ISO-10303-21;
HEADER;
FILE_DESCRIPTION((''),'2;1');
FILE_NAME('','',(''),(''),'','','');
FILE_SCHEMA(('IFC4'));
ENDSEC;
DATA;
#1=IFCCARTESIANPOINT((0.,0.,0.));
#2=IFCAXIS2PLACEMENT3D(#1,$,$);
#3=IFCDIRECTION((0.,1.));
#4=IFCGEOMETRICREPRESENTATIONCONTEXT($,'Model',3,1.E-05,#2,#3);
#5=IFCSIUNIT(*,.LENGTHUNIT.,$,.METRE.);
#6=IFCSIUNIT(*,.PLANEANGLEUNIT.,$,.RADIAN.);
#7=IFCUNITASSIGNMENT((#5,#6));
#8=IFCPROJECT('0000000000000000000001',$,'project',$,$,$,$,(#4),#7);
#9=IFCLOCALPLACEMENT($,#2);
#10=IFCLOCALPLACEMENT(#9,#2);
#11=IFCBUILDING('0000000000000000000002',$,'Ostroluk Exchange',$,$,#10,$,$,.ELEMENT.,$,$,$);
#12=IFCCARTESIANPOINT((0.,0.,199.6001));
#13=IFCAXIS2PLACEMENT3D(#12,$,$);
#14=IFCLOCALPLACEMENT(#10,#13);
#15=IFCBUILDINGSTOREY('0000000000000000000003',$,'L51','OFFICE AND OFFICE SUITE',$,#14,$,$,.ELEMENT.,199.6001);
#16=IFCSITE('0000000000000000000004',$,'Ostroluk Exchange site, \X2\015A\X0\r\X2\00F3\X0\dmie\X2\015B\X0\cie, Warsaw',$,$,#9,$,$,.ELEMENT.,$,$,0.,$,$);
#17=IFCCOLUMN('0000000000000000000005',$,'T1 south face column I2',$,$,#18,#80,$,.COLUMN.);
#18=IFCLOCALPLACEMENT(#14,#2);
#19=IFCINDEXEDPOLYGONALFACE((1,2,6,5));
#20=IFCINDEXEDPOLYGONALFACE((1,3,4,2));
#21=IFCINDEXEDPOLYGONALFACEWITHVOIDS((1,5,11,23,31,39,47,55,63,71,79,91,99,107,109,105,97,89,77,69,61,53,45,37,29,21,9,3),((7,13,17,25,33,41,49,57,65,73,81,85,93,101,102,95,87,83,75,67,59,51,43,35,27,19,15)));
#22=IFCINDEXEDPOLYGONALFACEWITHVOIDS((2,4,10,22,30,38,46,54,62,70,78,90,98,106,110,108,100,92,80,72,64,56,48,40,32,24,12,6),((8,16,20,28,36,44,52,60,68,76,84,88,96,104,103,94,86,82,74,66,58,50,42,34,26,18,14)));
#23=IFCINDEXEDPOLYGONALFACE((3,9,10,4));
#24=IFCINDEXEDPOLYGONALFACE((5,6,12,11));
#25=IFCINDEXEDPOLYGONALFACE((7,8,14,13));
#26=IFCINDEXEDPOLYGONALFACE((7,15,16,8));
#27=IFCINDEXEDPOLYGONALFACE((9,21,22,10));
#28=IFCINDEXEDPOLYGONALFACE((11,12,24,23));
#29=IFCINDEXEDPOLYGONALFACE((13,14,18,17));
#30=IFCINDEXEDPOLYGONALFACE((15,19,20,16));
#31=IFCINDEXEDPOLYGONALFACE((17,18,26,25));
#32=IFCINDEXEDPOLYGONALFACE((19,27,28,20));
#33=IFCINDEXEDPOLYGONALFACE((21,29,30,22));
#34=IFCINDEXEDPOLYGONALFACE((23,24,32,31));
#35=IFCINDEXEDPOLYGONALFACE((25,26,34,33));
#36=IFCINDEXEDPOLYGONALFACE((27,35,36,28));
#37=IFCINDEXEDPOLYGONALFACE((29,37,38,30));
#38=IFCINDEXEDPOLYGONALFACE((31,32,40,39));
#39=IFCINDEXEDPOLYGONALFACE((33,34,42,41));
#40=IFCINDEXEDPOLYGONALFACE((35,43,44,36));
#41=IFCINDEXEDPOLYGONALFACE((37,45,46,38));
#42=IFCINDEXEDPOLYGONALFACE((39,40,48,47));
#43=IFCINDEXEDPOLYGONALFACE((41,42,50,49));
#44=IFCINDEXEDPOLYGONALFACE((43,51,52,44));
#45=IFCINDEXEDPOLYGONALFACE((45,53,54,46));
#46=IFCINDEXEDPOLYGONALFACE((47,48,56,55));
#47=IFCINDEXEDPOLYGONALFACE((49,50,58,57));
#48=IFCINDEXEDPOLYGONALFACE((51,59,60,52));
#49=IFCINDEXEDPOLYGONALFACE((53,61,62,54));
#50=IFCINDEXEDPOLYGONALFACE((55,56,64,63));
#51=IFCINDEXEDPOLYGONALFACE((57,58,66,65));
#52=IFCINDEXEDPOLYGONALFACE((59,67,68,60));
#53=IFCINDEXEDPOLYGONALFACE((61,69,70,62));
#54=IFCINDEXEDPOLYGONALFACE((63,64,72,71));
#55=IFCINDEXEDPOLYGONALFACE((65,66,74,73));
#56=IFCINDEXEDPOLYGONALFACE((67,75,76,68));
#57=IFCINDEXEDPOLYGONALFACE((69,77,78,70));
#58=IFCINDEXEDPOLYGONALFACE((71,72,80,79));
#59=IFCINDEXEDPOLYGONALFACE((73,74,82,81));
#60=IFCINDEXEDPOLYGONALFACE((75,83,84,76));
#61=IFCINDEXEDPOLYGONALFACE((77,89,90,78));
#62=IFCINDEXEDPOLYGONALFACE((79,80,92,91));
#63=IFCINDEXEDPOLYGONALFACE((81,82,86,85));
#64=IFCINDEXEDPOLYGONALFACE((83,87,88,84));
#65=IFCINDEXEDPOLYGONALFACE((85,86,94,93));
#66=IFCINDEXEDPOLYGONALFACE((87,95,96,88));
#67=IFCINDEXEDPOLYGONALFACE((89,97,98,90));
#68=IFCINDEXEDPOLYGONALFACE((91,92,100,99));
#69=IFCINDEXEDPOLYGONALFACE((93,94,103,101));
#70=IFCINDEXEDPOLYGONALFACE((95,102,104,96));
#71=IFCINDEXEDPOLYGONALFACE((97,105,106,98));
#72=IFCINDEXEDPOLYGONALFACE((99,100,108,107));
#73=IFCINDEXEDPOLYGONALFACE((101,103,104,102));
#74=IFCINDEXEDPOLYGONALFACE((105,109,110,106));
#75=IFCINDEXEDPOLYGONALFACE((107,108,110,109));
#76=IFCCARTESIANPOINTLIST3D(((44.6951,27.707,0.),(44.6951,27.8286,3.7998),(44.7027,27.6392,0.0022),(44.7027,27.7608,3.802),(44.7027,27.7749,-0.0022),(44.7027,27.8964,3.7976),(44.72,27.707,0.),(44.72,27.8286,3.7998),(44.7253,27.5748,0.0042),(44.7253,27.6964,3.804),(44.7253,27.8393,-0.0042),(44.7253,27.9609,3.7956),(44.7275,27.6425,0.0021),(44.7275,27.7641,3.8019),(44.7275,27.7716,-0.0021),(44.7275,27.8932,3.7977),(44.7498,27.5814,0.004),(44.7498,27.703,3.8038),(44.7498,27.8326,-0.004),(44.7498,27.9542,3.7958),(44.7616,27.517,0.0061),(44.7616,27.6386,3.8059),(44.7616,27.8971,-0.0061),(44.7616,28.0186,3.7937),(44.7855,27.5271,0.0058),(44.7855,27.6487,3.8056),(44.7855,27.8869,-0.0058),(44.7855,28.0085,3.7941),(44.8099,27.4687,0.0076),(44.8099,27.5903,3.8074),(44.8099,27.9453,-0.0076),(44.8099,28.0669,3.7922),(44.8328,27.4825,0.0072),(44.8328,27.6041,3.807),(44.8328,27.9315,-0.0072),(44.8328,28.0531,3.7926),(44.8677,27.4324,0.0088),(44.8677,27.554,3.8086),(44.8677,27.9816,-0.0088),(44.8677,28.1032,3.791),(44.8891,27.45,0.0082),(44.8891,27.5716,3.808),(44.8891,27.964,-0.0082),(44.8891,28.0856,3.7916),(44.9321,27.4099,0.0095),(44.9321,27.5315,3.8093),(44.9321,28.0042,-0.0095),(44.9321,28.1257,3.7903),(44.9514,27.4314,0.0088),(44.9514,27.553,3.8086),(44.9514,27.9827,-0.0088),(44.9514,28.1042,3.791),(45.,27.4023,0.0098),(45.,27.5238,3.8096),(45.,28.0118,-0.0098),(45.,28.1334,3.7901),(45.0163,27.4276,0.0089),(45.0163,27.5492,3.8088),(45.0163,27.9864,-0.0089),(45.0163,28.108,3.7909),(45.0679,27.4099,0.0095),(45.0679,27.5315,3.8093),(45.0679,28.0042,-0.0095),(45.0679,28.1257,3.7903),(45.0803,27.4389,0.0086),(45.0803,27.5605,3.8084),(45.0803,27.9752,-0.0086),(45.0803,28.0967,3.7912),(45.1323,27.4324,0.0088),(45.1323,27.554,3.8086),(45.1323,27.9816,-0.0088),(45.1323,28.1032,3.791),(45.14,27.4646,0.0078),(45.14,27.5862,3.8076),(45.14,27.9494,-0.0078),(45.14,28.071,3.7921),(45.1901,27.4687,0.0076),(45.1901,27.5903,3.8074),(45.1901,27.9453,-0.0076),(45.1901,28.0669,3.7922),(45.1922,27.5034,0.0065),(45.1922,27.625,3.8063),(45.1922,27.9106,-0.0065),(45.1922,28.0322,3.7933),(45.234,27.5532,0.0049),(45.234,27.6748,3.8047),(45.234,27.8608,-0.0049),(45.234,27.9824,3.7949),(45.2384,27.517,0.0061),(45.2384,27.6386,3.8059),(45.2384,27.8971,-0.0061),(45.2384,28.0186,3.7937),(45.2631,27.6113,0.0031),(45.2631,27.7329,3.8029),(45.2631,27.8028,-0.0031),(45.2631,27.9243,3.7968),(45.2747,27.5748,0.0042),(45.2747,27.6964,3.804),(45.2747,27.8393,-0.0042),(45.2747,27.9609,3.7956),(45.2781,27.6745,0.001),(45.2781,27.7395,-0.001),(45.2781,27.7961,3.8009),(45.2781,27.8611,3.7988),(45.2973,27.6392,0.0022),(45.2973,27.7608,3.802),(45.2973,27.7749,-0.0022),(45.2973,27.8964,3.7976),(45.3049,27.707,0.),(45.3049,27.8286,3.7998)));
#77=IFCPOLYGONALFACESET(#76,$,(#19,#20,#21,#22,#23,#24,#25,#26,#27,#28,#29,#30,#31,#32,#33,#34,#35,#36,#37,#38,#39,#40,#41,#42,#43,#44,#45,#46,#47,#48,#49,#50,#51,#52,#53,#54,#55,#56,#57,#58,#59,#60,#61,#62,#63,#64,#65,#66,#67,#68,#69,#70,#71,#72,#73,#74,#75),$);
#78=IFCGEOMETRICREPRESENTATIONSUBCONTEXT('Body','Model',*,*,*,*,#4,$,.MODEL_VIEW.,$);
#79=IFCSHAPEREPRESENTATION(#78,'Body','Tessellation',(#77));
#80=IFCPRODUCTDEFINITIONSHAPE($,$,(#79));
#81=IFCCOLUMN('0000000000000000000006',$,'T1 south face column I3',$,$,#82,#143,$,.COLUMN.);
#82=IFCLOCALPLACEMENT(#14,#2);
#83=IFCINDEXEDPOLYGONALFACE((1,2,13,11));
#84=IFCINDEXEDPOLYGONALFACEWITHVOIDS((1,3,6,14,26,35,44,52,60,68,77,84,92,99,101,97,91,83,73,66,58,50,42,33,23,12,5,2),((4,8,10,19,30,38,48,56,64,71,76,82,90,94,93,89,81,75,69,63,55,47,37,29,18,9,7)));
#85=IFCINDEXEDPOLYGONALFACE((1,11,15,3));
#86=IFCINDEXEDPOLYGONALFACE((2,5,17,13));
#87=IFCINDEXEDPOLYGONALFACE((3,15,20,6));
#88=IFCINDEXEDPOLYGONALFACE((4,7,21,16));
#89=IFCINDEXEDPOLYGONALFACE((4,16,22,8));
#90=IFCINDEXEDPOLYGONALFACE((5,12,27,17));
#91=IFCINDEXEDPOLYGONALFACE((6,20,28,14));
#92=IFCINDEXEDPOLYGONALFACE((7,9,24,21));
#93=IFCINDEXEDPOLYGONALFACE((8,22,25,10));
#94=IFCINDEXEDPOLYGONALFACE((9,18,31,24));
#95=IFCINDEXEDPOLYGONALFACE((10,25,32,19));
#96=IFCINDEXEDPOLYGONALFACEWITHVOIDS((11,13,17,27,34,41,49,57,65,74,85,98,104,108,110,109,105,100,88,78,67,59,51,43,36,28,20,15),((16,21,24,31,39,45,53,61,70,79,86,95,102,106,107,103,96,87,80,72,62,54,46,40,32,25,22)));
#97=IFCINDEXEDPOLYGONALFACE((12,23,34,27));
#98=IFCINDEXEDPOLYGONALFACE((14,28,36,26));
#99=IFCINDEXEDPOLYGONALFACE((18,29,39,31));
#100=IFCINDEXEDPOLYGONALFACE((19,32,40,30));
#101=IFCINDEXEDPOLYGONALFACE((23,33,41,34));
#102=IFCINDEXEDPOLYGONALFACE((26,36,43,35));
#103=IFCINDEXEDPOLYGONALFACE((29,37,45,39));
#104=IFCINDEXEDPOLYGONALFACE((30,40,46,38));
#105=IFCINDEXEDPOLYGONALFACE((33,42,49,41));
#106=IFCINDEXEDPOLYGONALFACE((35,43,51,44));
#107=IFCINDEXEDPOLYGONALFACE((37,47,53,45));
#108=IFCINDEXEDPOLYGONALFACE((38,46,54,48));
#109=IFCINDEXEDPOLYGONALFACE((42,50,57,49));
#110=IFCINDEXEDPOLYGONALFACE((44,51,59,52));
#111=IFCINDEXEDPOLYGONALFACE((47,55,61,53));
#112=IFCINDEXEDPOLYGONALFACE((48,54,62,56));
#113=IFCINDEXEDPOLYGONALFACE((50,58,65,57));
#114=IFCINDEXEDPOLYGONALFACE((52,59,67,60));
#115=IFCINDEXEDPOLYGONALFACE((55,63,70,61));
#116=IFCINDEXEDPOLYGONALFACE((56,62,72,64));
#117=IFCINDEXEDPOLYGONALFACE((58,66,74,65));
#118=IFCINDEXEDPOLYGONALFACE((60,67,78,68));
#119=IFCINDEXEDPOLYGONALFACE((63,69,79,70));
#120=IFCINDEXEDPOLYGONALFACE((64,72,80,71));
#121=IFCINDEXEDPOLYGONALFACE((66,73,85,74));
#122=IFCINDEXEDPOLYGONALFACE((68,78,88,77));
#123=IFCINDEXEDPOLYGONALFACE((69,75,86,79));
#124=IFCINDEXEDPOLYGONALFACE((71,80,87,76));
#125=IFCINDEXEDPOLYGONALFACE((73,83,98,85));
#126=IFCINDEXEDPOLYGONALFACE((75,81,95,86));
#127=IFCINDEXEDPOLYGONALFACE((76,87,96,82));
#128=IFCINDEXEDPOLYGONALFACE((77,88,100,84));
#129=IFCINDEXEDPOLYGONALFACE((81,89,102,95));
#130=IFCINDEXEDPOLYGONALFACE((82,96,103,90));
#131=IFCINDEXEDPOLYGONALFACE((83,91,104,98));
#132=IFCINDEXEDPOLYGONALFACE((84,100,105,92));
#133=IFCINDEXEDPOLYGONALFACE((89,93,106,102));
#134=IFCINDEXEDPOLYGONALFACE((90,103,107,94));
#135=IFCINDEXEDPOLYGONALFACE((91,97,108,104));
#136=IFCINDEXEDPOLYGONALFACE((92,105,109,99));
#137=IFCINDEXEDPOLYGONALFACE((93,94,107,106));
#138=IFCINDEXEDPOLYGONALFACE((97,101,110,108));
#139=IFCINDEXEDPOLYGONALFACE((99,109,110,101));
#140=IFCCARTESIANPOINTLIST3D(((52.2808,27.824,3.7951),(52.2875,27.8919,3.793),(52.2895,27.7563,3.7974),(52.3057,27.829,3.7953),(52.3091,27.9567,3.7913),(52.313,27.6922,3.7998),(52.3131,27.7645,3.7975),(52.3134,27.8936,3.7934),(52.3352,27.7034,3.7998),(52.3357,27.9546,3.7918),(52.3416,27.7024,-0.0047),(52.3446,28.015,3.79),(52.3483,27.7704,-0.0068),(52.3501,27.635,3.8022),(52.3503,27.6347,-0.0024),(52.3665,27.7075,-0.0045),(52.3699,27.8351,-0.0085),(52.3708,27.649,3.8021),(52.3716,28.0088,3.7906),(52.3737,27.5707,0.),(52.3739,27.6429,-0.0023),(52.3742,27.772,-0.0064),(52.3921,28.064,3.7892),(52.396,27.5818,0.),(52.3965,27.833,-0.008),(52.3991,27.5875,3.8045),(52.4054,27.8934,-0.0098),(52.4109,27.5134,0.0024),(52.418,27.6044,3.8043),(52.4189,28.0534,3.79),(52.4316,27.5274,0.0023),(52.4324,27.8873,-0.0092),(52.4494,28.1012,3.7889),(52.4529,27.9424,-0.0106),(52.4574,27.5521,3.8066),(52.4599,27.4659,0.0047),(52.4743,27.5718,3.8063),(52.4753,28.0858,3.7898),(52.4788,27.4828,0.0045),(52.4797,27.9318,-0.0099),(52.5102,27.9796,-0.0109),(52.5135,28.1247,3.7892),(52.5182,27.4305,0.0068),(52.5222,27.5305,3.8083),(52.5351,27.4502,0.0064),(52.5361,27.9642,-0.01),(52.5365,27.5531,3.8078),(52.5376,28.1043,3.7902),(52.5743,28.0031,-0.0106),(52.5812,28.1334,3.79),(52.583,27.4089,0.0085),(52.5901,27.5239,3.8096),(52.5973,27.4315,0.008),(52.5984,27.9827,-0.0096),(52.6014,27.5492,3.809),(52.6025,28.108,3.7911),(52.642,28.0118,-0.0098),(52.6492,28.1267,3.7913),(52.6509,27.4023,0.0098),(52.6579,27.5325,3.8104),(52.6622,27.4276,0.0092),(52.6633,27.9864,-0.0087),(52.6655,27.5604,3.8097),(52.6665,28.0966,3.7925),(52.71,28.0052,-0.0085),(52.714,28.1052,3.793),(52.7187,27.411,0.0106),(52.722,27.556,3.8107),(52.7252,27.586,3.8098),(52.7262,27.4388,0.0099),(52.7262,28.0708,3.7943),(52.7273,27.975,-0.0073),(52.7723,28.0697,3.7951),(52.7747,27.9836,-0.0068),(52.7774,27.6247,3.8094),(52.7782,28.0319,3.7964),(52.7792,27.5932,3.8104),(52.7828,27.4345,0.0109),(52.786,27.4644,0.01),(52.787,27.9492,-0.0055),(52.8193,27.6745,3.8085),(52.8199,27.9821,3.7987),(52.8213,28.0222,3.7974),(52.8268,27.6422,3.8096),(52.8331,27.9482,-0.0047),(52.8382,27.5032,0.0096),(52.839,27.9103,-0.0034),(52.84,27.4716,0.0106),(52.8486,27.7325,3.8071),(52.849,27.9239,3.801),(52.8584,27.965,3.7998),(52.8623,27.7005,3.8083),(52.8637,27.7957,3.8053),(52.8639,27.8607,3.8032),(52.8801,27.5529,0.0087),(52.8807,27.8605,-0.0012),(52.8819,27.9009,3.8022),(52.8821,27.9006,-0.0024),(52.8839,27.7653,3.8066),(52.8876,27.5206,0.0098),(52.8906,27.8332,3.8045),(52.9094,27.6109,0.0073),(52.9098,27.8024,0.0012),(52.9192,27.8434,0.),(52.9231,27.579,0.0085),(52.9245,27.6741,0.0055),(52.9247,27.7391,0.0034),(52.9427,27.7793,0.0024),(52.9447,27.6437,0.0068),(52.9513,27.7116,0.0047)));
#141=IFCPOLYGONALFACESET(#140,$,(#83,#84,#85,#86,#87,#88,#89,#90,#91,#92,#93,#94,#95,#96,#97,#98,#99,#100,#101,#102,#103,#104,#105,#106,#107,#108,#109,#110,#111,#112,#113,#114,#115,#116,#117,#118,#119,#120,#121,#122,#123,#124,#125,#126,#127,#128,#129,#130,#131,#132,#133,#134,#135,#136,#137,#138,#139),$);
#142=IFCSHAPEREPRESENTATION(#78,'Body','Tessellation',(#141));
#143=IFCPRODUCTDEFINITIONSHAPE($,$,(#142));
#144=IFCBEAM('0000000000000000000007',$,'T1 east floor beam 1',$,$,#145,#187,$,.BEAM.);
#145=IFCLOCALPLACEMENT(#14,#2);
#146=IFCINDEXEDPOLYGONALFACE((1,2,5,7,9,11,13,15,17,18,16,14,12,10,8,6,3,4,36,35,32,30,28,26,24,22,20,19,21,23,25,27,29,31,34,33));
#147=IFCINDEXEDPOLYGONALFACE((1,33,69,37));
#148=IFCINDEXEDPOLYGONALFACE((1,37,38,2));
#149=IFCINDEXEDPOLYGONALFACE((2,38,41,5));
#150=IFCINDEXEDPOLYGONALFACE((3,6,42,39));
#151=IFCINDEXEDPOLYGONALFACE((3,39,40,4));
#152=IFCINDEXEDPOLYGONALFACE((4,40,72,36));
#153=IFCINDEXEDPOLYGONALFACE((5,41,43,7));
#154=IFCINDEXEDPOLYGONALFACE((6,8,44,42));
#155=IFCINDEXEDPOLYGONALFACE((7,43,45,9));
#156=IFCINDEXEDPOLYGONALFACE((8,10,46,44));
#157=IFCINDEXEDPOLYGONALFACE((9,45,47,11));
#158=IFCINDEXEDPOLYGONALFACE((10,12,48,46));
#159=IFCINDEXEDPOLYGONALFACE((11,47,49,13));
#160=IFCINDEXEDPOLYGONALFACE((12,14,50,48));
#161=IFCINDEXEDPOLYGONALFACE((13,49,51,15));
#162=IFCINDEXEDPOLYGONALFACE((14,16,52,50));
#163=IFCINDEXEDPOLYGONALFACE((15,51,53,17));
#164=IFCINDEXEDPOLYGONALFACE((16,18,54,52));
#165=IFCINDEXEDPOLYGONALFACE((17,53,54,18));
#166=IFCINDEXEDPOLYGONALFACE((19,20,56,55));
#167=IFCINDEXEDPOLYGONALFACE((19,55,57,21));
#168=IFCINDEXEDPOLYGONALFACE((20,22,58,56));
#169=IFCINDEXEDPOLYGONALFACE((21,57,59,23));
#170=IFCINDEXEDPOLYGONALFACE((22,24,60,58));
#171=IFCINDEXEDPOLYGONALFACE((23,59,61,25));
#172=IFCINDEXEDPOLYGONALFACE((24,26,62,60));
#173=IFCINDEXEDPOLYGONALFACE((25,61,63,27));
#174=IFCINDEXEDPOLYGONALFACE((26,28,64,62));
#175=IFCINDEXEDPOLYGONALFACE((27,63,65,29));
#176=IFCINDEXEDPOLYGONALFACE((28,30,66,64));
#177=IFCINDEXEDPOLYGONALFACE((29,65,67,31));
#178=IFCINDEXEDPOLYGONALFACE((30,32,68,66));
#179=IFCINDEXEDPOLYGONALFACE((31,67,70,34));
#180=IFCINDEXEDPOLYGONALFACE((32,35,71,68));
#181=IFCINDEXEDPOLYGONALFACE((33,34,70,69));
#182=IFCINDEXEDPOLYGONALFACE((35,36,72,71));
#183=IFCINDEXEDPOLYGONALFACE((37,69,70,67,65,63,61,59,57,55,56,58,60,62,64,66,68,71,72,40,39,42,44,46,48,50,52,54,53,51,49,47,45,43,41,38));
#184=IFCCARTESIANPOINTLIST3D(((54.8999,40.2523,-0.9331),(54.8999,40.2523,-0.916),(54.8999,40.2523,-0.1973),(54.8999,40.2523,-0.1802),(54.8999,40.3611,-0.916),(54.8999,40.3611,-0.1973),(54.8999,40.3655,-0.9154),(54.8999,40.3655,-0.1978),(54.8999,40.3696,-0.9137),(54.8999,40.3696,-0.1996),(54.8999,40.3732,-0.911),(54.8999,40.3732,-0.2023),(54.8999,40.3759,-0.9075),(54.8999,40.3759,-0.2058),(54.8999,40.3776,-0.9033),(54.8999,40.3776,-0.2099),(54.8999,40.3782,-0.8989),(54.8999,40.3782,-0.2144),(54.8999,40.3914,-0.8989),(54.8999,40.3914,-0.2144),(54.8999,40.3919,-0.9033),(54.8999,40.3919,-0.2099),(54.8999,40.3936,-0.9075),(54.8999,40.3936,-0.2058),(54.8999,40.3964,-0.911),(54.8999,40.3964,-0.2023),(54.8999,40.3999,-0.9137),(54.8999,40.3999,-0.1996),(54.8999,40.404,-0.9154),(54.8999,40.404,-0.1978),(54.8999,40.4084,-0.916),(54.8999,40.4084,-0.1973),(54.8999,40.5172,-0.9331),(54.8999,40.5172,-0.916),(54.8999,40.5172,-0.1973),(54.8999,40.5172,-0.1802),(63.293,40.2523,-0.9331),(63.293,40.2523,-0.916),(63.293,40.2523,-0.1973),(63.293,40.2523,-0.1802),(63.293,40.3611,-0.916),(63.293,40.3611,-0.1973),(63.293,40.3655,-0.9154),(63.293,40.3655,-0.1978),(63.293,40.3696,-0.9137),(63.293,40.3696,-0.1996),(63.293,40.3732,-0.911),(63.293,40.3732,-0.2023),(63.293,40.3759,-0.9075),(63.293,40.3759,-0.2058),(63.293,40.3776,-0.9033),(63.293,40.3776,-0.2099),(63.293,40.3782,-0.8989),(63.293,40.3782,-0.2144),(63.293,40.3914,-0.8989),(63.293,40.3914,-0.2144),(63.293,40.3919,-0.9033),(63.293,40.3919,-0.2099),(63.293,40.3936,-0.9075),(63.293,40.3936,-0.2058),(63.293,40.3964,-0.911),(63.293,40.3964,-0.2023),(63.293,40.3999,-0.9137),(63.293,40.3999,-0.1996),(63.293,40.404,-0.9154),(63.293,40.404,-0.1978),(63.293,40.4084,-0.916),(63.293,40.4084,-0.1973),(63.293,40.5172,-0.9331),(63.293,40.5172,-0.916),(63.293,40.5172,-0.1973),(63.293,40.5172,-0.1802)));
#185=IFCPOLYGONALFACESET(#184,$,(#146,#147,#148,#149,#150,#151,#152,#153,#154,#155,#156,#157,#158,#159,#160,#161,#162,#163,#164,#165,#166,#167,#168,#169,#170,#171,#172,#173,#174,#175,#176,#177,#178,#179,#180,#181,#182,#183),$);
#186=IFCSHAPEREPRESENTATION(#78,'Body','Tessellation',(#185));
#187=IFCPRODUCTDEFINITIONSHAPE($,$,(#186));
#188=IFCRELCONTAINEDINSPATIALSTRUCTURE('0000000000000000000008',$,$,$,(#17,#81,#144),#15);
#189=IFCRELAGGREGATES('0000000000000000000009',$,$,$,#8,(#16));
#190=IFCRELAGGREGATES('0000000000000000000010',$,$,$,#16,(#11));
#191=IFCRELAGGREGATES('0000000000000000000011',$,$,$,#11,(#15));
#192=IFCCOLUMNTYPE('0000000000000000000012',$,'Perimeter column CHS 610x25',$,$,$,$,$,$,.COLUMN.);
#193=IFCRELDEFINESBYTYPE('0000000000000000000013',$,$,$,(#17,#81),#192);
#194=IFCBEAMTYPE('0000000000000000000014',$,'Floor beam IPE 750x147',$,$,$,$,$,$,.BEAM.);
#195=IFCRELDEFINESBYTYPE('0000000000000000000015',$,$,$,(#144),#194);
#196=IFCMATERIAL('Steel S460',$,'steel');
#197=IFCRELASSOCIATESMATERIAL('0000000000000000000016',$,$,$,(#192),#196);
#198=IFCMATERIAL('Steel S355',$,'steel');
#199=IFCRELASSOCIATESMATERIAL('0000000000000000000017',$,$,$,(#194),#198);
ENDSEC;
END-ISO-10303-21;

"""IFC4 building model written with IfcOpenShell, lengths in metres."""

from ifc_helpers import new_model, si_unit, direction, frame, origin, origin_2d, place, context, subcontext, project, spatial, hollow_circle, i_section, extrude, material, material_profile, profile_set, type_object, element, save


model = new_model("IFC4")

# Units and contexts
model_context = context("Model", 3, precision=1e-05, world=origin(), true_north=direction((0.0, 1.0)))
body_context = subcontext(model_context, "Body", "Model", "MODEL_VIEW")
ifc_project = project(units=[si_unit("LENGTHUNIT", "METRE"), si_unit("PLANEANGLEUNIT", "RADIAN")], contexts=[model_context])

# Site, building, storey
site_placement = place(None, origin())
site = spatial("IfcSite", under=ifc_project, at=site_placement, Name="Ostroluk Exchange site, Śródmieście, Warsaw", CompositionType="ELEMENT", RefElevation=0.0)
building_placement = place(site_placement, origin())
building = spatial("IfcBuilding", under=site, at=building_placement, Name="Ostroluk Exchange", CompositionType="ELEMENT")
storey_placement = place(building_placement, frame((0.0, 0.0, 199.6001)))
storey = spatial("IfcBuildingStorey", under=building, at=storey_placement, Name="L51", Description="OFFICE AND OFFICE SUITE", CompositionType="ELEMENT", Elevation=199.6001)

# Columns
ifc_material_1 = material(Name="Steel S460", Category="steel")
ifc_material_profile_1 = material_profile(ifc_material_1, hollow_circle(Radius=0.3049, WallThickness=0.0249, at=origin_2d()), Name="CHS 610x25")
ifc_profile_set_1 = profile_set([ifc_material_profile_1], Name="Steel S460")
column_type = type_object("IfcColumnType", Name="Perimeter column CHS 610x25", PredefinedType="COLUMN", material=ifc_profile_set_1)
column_1_placement = place(storey_placement, frame((45.0, 27.707, 0.0), z_axis=(0.0, 0.031981, 0.999488), x_axis=(-1.0, 0.0, 0.0)))
element("IfcColumn", 1, at=column_1_placement, inside=storey, type_object=column_type, Name="T1 south face column I2", PredefinedType="COLUMN", context=body_context, shape_type="SweptSolid", body=[
    extrude(hollow_circle(Radius=0.3049, WallThickness=0.0249, at=origin_2d()), origin(), (0.0, 0.0, 1.0), 3.8018),
])
column_2_placement = place(storey_placement, frame((52.6465, 27.707, 0.0), z_axis=(-0.015988, 0.031976, 0.999361), x_axis=(-0.894427, -0.447214, 0.0)))
element("IfcColumn", 2, at=column_2_placement, inside=storey, type_object=column_type, Name="T1 south face column I3", PredefinedType="COLUMN", context=body_context, shape_type="SweptSolid", body=[
    extrude(hollow_circle(Radius=0.3049, WallThickness=0.0249, at=origin_2d()), origin(), (0.0, 0.0, 1.0), 3.8022),
])

# Beam
ifc_material_2 = material(Name="Steel S355", Category="steel")
ifc_material_profile_2 = material_profile(ifc_material_2, i_section(OverallWidth=0.2649, OverallDepth=0.7529, WebThickness=0.0132, FlangeThickness=0.0171, FilletRadius=0.0171, at=origin_2d()), Name="IPE 750x147")
ifc_profile_set_2 = profile_set([ifc_material_profile_2], Name="Steel S355")
beam_type_1 = type_object("IfcBeamType", Name="Floor beam IPE 750x147", PredefinedType="BEAM", material=ifc_profile_set_2)
for number, where, z_axis, x_axis, name in (
    (3, (54.8999, 40.3848, -0.5566), (1.0, 0.0, 0.0), (0.0, 1.0, 0.0), "T1 east floor beam 1"),
):
    element("IfcBeam", number, at=place(storey_placement, frame(where, z_axis=z_axis, x_axis=x_axis)), inside=storey, type_object=beam_type_1, Name=name, PredefinedType="BEAM", context=body_context, shape_type="SweptSolid", body=[
        extrude(i_section(OverallWidth=0.2649, OverallDepth=0.7529, WebThickness=0.0132, FlangeThickness=0.0171, FilletRadius=0.0171, at=origin_2d()), origin(), (0.0, 0.0, 1.0), 8.3931),
    ])

save(model, "model.ifc")
